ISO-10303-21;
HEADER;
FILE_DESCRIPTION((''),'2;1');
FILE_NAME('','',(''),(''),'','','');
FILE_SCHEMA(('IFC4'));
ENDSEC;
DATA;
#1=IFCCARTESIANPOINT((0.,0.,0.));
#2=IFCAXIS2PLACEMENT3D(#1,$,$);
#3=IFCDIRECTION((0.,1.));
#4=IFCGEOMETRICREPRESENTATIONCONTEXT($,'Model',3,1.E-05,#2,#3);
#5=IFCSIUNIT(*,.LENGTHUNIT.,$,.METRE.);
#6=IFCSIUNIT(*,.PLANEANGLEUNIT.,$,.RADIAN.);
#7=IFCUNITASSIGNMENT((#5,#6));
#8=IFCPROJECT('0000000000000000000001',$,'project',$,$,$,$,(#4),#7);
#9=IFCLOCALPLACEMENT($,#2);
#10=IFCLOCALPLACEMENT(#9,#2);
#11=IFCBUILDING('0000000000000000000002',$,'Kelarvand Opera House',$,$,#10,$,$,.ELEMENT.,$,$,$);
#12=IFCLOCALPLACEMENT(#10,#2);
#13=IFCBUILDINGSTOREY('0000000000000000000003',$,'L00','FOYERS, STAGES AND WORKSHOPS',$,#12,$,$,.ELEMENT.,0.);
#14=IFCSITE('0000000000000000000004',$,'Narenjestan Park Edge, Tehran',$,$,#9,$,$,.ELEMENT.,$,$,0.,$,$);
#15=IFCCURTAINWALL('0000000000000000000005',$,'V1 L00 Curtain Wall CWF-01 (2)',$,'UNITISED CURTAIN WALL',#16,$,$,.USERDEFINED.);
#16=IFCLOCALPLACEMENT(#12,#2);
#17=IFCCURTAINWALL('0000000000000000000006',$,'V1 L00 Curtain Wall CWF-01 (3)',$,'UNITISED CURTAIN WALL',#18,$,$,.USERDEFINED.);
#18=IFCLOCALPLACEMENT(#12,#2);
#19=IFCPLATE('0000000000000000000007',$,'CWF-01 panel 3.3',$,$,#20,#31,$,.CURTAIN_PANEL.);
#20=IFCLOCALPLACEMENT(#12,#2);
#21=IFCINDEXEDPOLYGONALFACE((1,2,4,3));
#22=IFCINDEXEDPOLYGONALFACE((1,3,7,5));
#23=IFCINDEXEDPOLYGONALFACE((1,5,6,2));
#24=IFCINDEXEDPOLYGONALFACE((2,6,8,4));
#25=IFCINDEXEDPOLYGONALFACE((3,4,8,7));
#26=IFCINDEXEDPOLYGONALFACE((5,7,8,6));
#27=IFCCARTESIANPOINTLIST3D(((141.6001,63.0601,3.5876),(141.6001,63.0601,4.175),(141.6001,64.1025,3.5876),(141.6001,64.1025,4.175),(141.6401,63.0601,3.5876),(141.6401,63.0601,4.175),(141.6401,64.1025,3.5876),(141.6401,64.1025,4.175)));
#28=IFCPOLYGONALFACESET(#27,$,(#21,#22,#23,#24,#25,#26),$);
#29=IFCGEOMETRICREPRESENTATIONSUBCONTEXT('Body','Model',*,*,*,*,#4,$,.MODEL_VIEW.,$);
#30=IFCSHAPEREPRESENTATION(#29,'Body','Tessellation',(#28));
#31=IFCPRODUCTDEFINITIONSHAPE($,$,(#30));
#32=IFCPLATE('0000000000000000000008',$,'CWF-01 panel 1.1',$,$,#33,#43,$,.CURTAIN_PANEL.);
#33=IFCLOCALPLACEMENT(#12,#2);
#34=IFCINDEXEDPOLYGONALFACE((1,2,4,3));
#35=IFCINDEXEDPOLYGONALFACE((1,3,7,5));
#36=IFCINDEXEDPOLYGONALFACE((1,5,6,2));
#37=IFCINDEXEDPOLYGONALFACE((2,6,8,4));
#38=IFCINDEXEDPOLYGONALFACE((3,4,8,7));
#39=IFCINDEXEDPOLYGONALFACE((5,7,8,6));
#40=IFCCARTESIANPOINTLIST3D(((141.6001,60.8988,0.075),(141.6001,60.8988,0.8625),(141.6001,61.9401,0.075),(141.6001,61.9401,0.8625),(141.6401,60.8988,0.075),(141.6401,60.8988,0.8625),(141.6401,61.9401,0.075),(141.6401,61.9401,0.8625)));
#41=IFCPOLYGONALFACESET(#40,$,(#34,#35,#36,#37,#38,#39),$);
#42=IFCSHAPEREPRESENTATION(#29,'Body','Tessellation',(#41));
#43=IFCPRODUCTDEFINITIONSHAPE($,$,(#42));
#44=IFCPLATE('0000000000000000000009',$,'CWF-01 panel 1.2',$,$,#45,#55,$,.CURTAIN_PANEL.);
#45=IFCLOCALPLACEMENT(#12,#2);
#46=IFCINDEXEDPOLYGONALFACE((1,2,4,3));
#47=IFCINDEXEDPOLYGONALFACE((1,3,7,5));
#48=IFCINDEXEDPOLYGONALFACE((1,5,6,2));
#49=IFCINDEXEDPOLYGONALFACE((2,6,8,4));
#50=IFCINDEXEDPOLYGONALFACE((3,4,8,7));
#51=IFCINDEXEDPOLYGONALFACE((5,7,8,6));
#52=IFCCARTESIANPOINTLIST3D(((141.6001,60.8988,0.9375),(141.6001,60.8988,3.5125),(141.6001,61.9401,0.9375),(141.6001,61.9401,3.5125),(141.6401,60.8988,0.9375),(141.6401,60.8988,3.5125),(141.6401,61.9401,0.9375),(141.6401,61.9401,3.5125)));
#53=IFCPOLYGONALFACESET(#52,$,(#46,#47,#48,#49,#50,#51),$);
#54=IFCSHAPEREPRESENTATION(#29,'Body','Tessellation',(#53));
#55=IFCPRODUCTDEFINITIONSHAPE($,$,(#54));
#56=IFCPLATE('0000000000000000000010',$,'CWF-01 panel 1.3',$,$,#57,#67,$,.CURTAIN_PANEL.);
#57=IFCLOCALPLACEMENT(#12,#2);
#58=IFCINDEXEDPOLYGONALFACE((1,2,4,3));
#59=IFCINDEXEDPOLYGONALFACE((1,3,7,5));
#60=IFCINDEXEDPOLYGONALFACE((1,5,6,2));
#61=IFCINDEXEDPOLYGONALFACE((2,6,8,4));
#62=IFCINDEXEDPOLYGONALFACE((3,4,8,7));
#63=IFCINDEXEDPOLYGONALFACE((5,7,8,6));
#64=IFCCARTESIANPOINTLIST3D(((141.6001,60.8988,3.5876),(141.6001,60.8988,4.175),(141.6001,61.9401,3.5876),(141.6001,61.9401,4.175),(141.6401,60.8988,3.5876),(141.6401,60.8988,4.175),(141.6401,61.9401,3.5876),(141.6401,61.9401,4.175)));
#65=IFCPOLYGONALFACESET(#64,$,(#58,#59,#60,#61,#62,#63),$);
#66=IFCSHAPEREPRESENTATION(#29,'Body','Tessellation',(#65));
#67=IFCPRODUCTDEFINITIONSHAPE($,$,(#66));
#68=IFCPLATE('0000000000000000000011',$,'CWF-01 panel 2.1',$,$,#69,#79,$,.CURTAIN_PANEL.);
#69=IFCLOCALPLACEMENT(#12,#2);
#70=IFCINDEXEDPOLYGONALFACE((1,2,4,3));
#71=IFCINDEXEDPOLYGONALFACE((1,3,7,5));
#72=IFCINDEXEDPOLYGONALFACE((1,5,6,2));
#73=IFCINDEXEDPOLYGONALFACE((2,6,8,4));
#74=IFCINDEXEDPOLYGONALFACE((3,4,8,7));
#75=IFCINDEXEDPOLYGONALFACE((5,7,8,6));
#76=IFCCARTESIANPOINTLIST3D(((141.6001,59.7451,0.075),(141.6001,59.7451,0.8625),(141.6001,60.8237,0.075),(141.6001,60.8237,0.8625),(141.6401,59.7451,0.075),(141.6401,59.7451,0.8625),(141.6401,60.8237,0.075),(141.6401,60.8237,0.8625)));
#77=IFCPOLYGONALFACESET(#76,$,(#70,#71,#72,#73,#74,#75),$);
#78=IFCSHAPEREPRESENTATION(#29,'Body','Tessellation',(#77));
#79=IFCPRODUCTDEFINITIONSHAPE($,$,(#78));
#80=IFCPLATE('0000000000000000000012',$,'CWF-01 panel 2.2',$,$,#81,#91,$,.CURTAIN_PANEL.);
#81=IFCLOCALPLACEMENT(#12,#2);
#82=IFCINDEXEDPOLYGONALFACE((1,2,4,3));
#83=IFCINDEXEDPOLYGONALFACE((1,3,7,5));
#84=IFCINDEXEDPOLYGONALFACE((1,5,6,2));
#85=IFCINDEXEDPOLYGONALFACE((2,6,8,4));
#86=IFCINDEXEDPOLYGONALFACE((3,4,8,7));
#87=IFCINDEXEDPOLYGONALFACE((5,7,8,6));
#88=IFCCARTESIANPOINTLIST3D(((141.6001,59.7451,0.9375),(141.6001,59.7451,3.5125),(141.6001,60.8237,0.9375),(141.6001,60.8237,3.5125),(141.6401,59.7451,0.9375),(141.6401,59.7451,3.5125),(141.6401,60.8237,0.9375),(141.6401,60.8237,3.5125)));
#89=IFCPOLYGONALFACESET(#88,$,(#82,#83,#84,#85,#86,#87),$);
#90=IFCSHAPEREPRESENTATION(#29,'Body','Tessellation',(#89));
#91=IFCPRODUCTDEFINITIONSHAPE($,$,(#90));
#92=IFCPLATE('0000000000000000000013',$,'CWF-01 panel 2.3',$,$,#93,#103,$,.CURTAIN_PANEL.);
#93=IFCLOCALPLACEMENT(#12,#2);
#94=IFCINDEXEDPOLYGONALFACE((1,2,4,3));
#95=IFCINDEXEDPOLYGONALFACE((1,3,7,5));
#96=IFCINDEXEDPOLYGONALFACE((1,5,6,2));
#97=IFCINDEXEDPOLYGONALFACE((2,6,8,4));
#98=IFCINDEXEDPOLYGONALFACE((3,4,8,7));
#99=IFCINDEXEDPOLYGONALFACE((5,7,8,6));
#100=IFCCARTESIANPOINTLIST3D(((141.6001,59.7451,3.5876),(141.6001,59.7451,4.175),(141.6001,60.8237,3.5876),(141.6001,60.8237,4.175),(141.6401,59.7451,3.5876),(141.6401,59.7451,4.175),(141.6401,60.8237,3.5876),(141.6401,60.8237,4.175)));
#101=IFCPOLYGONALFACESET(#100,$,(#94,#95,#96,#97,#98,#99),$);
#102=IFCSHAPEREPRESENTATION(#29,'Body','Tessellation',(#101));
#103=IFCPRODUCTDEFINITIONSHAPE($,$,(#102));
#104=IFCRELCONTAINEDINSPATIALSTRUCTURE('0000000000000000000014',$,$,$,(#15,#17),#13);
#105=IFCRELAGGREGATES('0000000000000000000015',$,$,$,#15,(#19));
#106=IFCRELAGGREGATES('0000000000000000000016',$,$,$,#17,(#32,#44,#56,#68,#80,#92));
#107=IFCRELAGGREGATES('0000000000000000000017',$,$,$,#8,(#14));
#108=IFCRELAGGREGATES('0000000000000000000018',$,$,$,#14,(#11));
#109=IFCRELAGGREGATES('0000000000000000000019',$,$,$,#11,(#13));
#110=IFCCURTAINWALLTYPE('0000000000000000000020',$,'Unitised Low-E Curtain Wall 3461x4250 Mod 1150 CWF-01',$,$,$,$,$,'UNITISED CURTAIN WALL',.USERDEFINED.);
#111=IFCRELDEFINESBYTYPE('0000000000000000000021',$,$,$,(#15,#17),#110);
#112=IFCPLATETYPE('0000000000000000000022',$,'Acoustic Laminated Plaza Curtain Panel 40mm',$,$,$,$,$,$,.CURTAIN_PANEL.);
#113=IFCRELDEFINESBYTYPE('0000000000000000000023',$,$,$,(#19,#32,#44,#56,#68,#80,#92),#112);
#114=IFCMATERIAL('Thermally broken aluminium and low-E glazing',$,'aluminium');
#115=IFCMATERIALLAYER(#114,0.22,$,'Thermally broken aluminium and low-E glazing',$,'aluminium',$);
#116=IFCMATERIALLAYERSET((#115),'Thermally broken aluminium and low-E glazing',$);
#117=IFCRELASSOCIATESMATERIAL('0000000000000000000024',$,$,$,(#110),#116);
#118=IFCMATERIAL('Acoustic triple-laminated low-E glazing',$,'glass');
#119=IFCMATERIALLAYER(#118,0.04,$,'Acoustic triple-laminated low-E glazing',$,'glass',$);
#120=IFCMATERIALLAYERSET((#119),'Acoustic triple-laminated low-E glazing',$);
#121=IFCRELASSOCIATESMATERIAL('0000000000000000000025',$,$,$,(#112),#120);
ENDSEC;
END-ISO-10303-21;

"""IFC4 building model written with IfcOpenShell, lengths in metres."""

from ifc_helpers import new_model, si_unit, direction, frame, origin, origin_2d, place, context, subcontext, project, spatial, rectangle, extrude, material, layer, layer_set, type_object, element, aggregate, save


model = new_model("IFC4")

# Units and contexts
model_context = context("Model", 3, precision=1e-05, world=origin(), true_north=direction((0.0, 1.0)))
body_context = subcontext(model_context, "Body", "Model", "MODEL_VIEW")
ifc_project = project(units=[si_unit("LENGTHUNIT", "METRE"), si_unit("PLANEANGLEUNIT", "RADIAN")], contexts=[model_context])

# Site, building, storey
site_placement = place(None, origin())
site = spatial("IfcSite", under=ifc_project, at=site_placement, Name="Narenjestan Park Edge, Tehran", CompositionType="ELEMENT", RefElevation=0.0)
building_placement = place(site_placement, origin())
building = spatial("IfcBuilding", under=site, at=building_placement, Name="Kelarvand Opera House", CompositionType="ELEMENT")
storey_placement = place(building_placement, origin())
storey = spatial("IfcBuildingStorey", under=building, at=storey_placement, Name="L00", Description="FOYERS, STAGES AND WORKSHOPS", CompositionType="ELEMENT", Elevation=0.0)

# Curtain wall
ifc_material_1 = material(Name="Thermally broken aluminium and low-E glazing", Category="aluminium")
ifc_layer_1 = layer(ifc_material_1, 0.22, Name="Thermally broken aluminium and low-E glazing", Category="aluminium")
ifc_layer_set_1 = layer_set([ifc_layer_1], Name="Thermally broken aluminium and low-E glazing")
curtain_wall_type = type_object("IfcCurtainWallType", Name="Unitised Low-E Curtain Wall 3461x4250 Mod 1150 CWF-01", ElementType="UNITISED CURTAIN WALL", PredefinedType="USERDEFINED", material=ifc_layer_set_1)
curtain_wall_1_placement = place(storey_placement, origin())
curtain_wall_1 = element("IfcCurtainWall", 1, at=curtain_wall_1_placement, inside=storey, type_object=curtain_wall_type, Name="V1 L00 Curtain Wall CWF-01 (2)", ObjectType="UNITISED CURTAIN WALL", PredefinedType="USERDEFINED")

# Curtain wall
curtain_wall_2_placement = place(storey_placement, origin())
curtain_wall_2 = element("IfcCurtainWall", 2, at=curtain_wall_2_placement, inside=storey, type_object=curtain_wall_type, Name="V1 L00 Curtain Wall CWF-01 (3)", ObjectType="UNITISED CURTAIN WALL", PredefinedType="USERDEFINED")

# Plates
ifc_material_2 = material(Name="Acoustic triple-laminated low-E glazing", Category="glass")
ifc_layer_2 = layer(ifc_material_2, 0.04, Name="Acoustic triple-laminated low-E glazing", Category="glass")
ifc_layer_set_2 = layer_set([ifc_layer_2], Name="Acoustic triple-laminated low-E glazing")
plate_type = type_object("IfcPlateType", Name="Acoustic Laminated Plaza Curtain Panel 40mm", PredefinedType="CURTAIN_PANEL", material=ifc_layer_set_2)
plate_1_placement = place(storey_placement, frame((141.6201, 63.5813, 3.5876), z_axis=(0.0, 0.0, 1.0), x_axis=(0.0, -1.0, 0.0)))
plate_1 = element("IfcPlate", 3, at=plate_1_placement, type_object=plate_type, Name="CWF-01 panel 3.3", PredefinedType="CURTAIN_PANEL", context=body_context, shape_type="SweptSolid", body=[
    extrude(rectangle(XDim=1.0425, YDim=0.04, at=origin_2d()), origin(), (0.0, 0.0, 1.0), 0.5874),
])
aggregate(curtain_wall_1, [plate_1])
plate_2_placement = place(storey_placement, frame((141.6201, 61.4194, 0.075), z_axis=(0.0, 0.0, 1.0), x_axis=(0.0, -1.0, 0.0)))
plate_2 = element("IfcPlate", 4, at=plate_2_placement, type_object=plate_type, Name="CWF-01 panel 1.1", PredefinedType="CURTAIN_PANEL", context=body_context, shape_type="SweptSolid", body=[
    extrude(rectangle(XDim=1.0413, YDim=0.04, at=origin_2d()), origin(), (0.0, 0.0, 1.0), 0.7876),
])
plate_3_placement = place(storey_placement, frame((141.6201, 61.4194, 0.9375), z_axis=(0.0, 0.0, 1.0), x_axis=(0.0, -1.0, 0.0)))
plate_3 = element("IfcPlate", 5, at=plate_3_placement, type_object=plate_type, Name="CWF-01 panel 1.2", PredefinedType="CURTAIN_PANEL", context=body_context, shape_type="SweptSolid", body=[
    extrude(rectangle(XDim=1.0413, YDim=0.04, at=origin_2d()), origin(), (0.0, 0.0, 1.0), 2.575),
])
plate_4_placement = place(storey_placement, frame((141.6201, 61.4194, 3.5876), z_axis=(0.0, 0.0, 1.0), x_axis=(0.0, -1.0, 0.0)))
plate_4 = element("IfcPlate", 6, at=plate_4_placement, type_object=plate_type, Name="CWF-01 panel 1.3", PredefinedType="CURTAIN_PANEL", context=body_context, shape_type="SweptSolid", body=[
    extrude(rectangle(XDim=1.0413, YDim=0.04, at=origin_2d()), origin(), (0.0, 0.0, 1.0), 0.5874),
])
plate_5_placement = place(storey_placement, frame((141.6201, 60.2844, 0.075), z_axis=(0.0, 0.0, 1.0), x_axis=(0.0, -1.0, 0.0)))
plate_5 = element("IfcPlate", 7, at=plate_5_placement, type_object=plate_type, Name="CWF-01 panel 2.1", PredefinedType="CURTAIN_PANEL", context=body_context, shape_type="SweptSolid", body=[
    extrude(rectangle(XDim=1.0786, YDim=0.04, at=origin_2d()), origin(), (0.0, 0.0, 1.0), 0.7876),
])
plate_6_placement = place(storey_placement, frame((141.6201, 60.2844, 0.9375), z_axis=(0.0, 0.0, 1.0), x_axis=(0.0, -1.0, 0.0)))
plate_6 = element("IfcPlate", 8, at=plate_6_placement, type_object=plate_type, Name="CWF-01 panel 2.2", PredefinedType="CURTAIN_PANEL", context=body_context, shape_type="SweptSolid", body=[
    extrude(rectangle(XDim=1.0786, YDim=0.04, at=origin_2d()), origin(), (0.0, 0.0, 1.0), 2.575),
])
plate_7_placement = place(storey_placement, frame((141.6201, 60.2844, 3.5876), z_axis=(0.0, 0.0, 1.0), x_axis=(0.0, -1.0, 0.0)))
plate_7 = element("IfcPlate", 9, at=plate_7_placement, type_object=plate_type, Name="CWF-01 panel 2.3", PredefinedType="CURTAIN_PANEL", context=body_context, shape_type="SweptSolid", body=[
    extrude(rectangle(XDim=1.0786, YDim=0.04, at=origin_2d()), origin(), (0.0, 0.0, 1.0), 0.5874),
])
aggregate(curtain_wall_2, [plate_2, plate_3, plate_4, plate_5, plate_6, plate_7])

save(model, "model.ifc")
